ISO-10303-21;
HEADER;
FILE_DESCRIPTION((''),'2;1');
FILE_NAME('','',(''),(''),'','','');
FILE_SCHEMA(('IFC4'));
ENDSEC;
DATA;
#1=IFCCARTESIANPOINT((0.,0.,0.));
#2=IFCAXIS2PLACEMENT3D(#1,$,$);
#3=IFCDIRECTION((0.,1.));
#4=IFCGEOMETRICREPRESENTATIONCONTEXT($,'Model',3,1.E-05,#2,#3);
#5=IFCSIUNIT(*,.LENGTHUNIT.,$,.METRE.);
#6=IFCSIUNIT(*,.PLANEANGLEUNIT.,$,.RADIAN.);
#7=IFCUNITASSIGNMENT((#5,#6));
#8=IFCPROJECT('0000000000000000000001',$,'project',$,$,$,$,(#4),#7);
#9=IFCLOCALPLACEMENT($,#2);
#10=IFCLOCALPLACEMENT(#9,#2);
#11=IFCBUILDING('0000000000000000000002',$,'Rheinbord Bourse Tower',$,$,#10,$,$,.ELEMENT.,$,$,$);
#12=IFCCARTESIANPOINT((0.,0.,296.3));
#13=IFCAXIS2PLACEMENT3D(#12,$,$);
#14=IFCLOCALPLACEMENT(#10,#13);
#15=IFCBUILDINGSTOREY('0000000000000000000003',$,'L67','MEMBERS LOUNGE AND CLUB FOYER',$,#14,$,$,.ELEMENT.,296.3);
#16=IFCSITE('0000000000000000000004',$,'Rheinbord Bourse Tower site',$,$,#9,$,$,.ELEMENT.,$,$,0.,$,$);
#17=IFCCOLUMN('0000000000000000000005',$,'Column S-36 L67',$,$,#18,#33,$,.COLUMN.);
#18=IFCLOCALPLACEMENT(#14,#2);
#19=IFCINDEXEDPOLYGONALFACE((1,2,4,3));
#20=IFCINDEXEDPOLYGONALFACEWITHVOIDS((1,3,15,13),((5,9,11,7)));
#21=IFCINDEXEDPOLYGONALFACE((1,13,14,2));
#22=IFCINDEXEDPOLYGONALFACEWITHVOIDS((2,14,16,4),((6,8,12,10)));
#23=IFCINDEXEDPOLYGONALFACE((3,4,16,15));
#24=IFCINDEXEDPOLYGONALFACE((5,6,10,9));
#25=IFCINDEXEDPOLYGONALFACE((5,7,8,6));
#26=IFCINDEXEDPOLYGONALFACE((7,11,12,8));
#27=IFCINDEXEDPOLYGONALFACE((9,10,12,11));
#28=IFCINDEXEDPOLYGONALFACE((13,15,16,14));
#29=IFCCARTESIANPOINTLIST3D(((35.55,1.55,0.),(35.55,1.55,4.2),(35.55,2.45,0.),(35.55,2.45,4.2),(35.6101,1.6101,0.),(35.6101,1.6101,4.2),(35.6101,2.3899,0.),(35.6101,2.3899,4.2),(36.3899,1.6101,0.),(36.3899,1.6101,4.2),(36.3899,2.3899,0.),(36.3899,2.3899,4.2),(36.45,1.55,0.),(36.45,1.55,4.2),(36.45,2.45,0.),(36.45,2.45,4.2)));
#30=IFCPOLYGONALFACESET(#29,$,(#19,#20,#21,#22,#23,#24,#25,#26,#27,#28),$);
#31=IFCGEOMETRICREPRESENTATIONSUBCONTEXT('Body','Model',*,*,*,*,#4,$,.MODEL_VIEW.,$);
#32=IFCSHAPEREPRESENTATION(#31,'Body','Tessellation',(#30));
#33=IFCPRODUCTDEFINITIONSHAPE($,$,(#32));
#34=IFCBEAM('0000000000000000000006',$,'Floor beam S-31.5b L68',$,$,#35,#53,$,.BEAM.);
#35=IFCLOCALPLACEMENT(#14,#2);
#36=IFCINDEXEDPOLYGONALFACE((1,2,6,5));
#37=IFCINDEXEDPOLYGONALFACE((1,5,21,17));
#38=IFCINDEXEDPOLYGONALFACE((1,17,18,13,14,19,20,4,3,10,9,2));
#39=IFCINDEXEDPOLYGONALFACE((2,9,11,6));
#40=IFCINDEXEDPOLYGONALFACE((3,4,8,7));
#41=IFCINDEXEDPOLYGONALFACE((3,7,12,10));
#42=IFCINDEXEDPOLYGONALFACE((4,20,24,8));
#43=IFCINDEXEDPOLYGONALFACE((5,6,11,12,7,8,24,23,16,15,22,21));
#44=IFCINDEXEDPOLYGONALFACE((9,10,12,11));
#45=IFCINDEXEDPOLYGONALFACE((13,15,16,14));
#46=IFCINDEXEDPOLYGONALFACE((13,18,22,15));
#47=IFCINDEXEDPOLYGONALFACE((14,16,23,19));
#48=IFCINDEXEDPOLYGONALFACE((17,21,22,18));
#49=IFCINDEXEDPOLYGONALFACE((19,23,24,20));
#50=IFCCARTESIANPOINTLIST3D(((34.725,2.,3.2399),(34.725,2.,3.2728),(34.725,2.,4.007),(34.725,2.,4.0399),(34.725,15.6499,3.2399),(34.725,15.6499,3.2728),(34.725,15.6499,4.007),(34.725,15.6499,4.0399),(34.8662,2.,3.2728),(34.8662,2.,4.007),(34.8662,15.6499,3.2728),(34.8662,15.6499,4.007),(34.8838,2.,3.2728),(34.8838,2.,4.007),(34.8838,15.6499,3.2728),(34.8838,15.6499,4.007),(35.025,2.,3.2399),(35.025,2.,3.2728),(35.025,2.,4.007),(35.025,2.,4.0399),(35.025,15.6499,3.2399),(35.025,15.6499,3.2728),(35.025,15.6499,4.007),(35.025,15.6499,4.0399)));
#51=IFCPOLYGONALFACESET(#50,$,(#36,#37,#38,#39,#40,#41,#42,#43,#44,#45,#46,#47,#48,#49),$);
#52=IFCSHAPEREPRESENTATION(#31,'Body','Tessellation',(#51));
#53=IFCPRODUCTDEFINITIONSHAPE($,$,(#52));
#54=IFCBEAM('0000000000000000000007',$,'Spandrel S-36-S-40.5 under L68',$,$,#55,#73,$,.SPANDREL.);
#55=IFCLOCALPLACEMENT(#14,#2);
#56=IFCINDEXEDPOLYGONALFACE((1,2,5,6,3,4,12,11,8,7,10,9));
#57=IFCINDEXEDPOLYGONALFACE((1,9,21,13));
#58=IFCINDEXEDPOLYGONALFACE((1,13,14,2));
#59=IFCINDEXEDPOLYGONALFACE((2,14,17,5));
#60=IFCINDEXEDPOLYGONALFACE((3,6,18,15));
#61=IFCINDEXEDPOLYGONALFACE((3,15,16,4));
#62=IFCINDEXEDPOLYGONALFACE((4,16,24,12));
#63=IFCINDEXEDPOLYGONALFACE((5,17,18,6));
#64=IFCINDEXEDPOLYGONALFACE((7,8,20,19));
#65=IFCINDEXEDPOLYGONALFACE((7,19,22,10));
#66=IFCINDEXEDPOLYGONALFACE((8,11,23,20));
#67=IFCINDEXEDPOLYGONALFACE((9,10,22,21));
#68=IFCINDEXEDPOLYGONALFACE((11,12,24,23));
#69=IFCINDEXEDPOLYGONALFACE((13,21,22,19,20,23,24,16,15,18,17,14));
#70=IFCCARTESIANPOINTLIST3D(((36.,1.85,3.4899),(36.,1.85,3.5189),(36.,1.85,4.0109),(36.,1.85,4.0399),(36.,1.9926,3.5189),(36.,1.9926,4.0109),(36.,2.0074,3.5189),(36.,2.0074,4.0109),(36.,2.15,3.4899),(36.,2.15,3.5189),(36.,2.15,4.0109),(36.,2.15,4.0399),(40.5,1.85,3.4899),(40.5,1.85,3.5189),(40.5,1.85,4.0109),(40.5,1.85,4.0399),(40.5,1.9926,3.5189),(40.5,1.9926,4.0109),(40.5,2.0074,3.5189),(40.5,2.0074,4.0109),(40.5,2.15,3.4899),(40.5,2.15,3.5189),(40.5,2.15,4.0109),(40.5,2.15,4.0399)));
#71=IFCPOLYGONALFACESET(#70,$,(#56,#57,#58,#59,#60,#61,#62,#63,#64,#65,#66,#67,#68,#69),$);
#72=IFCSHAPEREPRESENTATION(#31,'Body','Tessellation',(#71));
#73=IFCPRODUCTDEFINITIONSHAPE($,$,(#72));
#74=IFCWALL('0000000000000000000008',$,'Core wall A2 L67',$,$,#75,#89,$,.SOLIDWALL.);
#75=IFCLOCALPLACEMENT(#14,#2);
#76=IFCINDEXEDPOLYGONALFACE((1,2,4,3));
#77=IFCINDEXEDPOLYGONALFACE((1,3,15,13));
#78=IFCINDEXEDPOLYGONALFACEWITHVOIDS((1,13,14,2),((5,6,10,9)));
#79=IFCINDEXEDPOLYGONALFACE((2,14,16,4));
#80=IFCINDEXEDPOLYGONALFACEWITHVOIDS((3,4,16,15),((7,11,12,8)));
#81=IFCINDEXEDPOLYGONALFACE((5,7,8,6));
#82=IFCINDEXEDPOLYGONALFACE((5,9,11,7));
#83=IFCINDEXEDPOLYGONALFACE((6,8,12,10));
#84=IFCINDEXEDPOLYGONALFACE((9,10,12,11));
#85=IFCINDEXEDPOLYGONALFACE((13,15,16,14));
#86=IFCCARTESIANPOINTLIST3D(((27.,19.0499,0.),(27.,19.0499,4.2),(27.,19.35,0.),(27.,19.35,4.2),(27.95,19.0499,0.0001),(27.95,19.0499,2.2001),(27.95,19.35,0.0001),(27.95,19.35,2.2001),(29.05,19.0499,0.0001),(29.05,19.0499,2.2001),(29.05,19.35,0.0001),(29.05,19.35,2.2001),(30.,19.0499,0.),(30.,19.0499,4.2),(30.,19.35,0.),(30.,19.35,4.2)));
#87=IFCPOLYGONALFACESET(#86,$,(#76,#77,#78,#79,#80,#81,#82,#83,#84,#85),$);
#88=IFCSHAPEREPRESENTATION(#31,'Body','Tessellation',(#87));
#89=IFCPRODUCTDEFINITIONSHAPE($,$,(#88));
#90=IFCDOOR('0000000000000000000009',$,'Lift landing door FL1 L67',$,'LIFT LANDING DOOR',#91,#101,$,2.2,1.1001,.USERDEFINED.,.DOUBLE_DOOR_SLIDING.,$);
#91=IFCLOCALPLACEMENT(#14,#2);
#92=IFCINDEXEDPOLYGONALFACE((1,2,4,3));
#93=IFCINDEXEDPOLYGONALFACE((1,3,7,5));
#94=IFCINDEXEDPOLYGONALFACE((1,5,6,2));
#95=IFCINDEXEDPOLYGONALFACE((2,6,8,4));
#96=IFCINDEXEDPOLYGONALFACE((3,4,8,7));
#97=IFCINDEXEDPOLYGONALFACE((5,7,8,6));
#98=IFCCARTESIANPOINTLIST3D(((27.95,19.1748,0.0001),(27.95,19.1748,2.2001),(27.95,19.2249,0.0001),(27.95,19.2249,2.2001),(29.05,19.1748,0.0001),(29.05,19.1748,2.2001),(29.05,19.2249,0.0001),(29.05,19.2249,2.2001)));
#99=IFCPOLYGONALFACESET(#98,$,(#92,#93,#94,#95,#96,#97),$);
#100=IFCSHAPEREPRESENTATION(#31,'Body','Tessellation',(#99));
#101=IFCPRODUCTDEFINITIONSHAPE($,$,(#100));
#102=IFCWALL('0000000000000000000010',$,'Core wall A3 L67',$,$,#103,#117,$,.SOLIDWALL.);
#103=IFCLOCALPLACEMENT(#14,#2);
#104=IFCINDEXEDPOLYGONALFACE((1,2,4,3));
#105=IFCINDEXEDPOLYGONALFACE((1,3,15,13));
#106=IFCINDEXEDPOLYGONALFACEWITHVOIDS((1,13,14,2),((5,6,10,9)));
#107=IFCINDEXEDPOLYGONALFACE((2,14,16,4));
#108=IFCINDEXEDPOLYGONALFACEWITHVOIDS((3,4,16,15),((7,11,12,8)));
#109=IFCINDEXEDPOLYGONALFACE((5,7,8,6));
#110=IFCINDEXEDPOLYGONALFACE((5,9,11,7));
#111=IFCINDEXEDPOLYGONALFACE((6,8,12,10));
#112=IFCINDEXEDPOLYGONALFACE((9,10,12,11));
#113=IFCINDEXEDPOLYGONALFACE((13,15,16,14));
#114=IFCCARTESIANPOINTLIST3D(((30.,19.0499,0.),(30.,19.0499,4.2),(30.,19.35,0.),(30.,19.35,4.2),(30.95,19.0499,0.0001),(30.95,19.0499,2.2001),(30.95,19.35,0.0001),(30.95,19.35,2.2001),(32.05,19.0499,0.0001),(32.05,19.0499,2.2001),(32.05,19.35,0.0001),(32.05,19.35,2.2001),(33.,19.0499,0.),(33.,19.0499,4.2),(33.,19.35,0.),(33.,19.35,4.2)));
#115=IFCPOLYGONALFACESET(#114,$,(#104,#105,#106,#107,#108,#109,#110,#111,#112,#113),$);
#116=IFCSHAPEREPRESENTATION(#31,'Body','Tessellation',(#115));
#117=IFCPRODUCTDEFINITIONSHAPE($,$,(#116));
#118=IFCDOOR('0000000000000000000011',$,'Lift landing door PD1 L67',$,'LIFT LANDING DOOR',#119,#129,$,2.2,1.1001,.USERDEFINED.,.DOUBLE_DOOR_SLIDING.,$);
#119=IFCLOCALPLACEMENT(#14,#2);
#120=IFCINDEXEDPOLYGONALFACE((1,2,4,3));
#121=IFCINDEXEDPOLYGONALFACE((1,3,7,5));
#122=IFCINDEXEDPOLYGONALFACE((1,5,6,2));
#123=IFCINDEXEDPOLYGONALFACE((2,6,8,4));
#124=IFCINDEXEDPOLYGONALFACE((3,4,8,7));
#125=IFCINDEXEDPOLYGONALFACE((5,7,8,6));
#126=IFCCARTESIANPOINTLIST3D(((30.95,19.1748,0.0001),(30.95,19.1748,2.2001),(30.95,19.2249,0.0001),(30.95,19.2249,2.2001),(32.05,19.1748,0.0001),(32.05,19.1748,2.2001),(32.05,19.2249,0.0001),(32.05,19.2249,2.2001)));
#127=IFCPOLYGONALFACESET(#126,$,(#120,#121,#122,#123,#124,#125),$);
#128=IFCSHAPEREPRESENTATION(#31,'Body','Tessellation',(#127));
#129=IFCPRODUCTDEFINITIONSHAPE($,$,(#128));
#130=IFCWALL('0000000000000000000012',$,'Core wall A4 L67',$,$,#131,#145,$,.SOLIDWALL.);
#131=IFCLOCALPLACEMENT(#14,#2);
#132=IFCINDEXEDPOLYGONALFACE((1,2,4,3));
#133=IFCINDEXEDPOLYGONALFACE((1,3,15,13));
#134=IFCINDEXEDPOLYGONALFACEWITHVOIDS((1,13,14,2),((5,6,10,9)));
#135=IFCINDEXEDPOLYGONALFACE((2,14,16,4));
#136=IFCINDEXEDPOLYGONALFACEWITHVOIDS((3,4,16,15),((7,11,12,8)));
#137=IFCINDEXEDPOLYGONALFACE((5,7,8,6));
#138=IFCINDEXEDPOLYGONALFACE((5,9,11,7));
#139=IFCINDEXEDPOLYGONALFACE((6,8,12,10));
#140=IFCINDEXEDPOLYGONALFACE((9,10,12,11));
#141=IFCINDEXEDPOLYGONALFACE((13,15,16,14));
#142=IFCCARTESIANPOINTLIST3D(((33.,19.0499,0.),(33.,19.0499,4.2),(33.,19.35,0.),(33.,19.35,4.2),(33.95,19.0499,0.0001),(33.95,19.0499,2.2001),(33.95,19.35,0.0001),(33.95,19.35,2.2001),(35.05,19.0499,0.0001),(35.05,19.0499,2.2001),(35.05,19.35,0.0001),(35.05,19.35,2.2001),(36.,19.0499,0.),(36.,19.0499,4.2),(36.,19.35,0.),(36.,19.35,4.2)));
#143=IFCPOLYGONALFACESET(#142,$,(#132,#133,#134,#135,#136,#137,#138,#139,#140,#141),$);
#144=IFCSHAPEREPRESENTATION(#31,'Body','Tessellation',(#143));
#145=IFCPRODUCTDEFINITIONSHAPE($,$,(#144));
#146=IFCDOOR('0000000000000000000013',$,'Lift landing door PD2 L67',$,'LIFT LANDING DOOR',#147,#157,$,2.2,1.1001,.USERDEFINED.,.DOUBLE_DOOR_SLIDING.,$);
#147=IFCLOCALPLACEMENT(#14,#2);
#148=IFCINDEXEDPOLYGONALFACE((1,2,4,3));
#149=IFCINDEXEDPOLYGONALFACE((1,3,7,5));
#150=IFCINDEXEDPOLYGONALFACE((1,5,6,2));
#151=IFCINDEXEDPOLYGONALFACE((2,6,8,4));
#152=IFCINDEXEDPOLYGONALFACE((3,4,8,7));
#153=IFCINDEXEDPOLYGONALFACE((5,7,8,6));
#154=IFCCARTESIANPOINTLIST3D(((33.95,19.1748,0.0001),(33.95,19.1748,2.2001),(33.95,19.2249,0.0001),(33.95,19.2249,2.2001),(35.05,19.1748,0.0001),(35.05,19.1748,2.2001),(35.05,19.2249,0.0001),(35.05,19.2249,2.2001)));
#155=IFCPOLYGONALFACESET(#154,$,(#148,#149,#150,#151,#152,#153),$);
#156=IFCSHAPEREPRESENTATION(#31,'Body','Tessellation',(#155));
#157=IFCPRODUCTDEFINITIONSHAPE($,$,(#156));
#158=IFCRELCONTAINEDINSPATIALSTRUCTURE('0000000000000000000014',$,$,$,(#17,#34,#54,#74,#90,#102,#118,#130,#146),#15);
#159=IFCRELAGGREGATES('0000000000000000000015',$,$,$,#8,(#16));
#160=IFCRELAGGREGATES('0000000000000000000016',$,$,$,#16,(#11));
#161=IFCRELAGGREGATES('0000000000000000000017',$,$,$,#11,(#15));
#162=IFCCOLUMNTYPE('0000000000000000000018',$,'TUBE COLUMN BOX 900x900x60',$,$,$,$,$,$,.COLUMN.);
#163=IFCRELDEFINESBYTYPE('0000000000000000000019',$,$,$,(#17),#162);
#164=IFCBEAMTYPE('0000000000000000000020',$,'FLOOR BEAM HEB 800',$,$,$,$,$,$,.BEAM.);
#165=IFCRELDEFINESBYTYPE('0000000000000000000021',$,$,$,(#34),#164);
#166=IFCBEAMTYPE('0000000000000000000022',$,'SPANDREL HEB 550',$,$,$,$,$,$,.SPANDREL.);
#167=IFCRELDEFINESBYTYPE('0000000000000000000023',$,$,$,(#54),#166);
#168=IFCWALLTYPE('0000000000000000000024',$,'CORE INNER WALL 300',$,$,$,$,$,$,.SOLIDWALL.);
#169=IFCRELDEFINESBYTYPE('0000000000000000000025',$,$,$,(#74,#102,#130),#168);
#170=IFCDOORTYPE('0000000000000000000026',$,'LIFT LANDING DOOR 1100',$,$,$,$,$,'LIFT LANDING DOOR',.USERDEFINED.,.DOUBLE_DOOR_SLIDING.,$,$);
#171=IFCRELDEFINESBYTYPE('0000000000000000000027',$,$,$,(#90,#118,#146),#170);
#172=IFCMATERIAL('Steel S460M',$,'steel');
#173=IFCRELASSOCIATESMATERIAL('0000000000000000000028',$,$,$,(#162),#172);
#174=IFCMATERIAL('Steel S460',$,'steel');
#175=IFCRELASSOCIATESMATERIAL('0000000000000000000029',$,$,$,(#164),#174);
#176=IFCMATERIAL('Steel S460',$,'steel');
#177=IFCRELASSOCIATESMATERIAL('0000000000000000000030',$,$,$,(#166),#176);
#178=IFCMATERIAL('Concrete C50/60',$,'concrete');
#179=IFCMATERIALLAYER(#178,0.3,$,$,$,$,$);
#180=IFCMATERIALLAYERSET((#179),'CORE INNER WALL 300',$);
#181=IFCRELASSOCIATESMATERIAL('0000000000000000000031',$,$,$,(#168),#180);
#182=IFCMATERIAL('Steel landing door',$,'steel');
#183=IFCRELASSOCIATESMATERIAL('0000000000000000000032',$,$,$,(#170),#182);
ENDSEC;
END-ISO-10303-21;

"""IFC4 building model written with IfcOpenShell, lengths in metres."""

from ifc_helpers import new_model, si_unit, direction, frame, frame_2d, origin, origin_2d, place, context, subcontext, project, spatial, rectangle, hollow_rectangle, i_section, extrude, material, layer, layer_set, material_profile, profile_set, type_object, element, fill, save


model = new_model("IFC4")

# Units and contexts
model_context = context("Model", 3, precision=1e-05, world=origin(), true_north=direction((0.0, 1.0)))
body_context = subcontext(model_context, "Body", "Model", "MODEL_VIEW")
ifc_project = project(units=[si_unit("LENGTHUNIT", "METRE"), si_unit("PLANEANGLEUNIT", "RADIAN")], contexts=[model_context])

# Site, building, storey
site_placement = place(None, origin())
site = spatial("IfcSite", under=ifc_project, at=site_placement, Name="Rheinbord Bourse Tower site", CompositionType="ELEMENT", RefElevation=0.0)
building_placement = place(site_placement, origin())
building = spatial("IfcBuilding", under=site, at=building_placement, Name="Rheinbord Bourse Tower", CompositionType="ELEMENT")
storey_placement = place(building_placement, frame((0.0, 0.0, 296.3)))
storey = spatial("IfcBuildingStorey", under=building, at=storey_placement, Name="L67", Description="MEMBERS LOUNGE AND CLUB FOYER", CompositionType="ELEMENT", Elevation=296.3)

# Column
ifc_material_1 = material(Name="Steel S460M", Category="steel")
ifc_material_profile_1 = material_profile(ifc_material_1, hollow_rectangle(XDim=0.8999, YDim=0.8999, WallThickness=0.0601, at=origin_2d()), Name="BOX 900x900x60")
ifc_profile_set_1 = profile_set([ifc_material_profile_1], Name="Steel S460M")
column_type = type_object("IfcColumnType", Name="TUBE COLUMN BOX 900x900x60", PredefinedType="COLUMN", material=ifc_profile_set_1)
column_placement = place(storey_placement, frame((36.0, 2.0, 0.0), z_axis=(0.0, 0.0, 1.0), x_axis=(0.0, 1.0, 0.0)))
element("IfcColumn", 1, at=column_placement, inside=storey, type_object=column_type, Name="Column S-36 L67", PredefinedType="COLUMN", context=body_context, shape_type="SweptSolid", body=[
    extrude(hollow_rectangle(XDim=0.8999, YDim=0.8999, WallThickness=0.0601, at=origin_2d()), origin(), (0.0, 0.0, 1.0), 4.2),
])

# Beams
ifc_material_2 = material(Name="Steel S460", Category="steel")
ifc_material_profile_2 = material_profile(ifc_material_2, i_section(OverallWidth=0.3, OverallDepth=0.8, WebThickness=0.0176, FlangeThickness=0.033, at=origin_2d()), Name="HEB 800")
ifc_profile_set_2 = profile_set([ifc_material_profile_2], Name="Steel S460")
beam_type_1 = type_object("IfcBeamType", Name="FLOOR BEAM HEB 800", PredefinedType="BEAM", material=ifc_profile_set_2)
beam_1_placement = place(storey_placement, frame((34.875, 2.0, 3.6399), z_axis=(0.0, 1.0, 0.0), x_axis=(-1.0, 0.0, 0.0)))
element("IfcBeam", 2, at=beam_1_placement, inside=storey, type_object=beam_type_1, Name="Floor beam S-31.5b L68", PredefinedType="BEAM", context=body_context, shape_type="SweptSolid", body=[
    extrude(i_section(OverallWidth=0.3, OverallDepth=0.8, WebThickness=0.0176, FlangeThickness=0.033, at=origin_2d()), origin(), (0.0, 0.0, 1.0), 13.6499),
])
ifc_material_3 = material(Name="Steel S460", Category="steel")
ifc_material_profile_3 = material_profile(ifc_material_3, i_section(OverallWidth=0.3, OverallDepth=0.55, WebThickness=0.0149, FlangeThickness=0.0291, at=origin_2d()), Name="HEB 550")
ifc_profile_set_3 = profile_set([ifc_material_profile_3], Name="Steel S460")
beam_type_2 = type_object("IfcBeamType", Name="SPANDREL HEB 550", PredefinedType="SPANDREL", material=ifc_profile_set_3)
beam_2_placement = place(storey_placement, frame((36.0, 2.0, 3.7649), z_axis=(1.0, 0.0, 0.0), x_axis=(0.0, 1.0, 0.0)))
element("IfcBeam", 3, at=beam_2_placement, inside=storey, type_object=beam_type_2, Name="Spandrel S-36-S-40.5 under L68", PredefinedType="SPANDREL", context=body_context, shape_type="SweptSolid", body=[
    extrude(i_section(OverallWidth=0.3, OverallDepth=0.55, WebThickness=0.0149, FlangeThickness=0.0291, at=origin_2d()), origin(), (0.0, 0.0, 1.0), 4.5),
])

# Walls, openings, doors
ifc_material_4 = material(Name="Concrete C50/60", Category="concrete")
ifc_layer_1 = layer(ifc_material_4, 0.3)
ifc_layer_set_1 = layer_set([ifc_layer_1], Name="CORE INNER WALL 300")
wall_type_1 = type_object("IfcWallType", Name="CORE INNER WALL 300", PredefinedType="SOLIDWALL", material=ifc_layer_set_1)
wall_1_placement = place(storey_placement, frame((27.0, 19.2, 0.0), z_axis=(0.0, 0.0, 1.0), x_axis=(1.0, 0.0, 0.0)))
wall_1 = element("IfcWall", 4, at=wall_1_placement, inside=storey, type_object=wall_type_1, Name="Core wall A2 L67", PredefinedType="SOLIDWALL", context=body_context, shape_type="SweptSolid", body=[
    extrude(rectangle(XDim=3.0, YDim=0.3, at=frame_2d((1.5, 0.0))), origin(), (0.0, 0.0, 1.0), 4.2),
])
opening_1_placement = place(wall_1_placement, frame((0.95, 0.0, 0.0)))
opening_1 = element("IfcOpeningElement", 5, at=opening_1_placement, cuts=wall_1, PredefinedType="OPENING", context=body_context, shape_type="SweptSolid", body=[
    extrude(rectangle(XDim=1.1001, YDim=2.2, at=frame_2d((0.55, 1.1001))), frame((0.0, 0.1599, 0.0), z_axis=(0.0, -1.0, 0.0), x_axis=(1.0, 0.0, 0.0)), (0.0, 0.0, 1.0), 0.3201),
])
ifc_material_5 = material(Name="Steel landing door", Category="steel")
door_type_1 = type_object("IfcDoorType", Name="LIFT LANDING DOOR 1100", ElementType="LIFT LANDING DOOR", OperationType="DOUBLE_DOOR_SLIDING", PredefinedType="USERDEFINED", material=ifc_material_5)
door_1_placement = place(opening_1_placement, origin())
door_1 = element("IfcDoor", 6, at=door_1_placement, inside=storey, type_object=door_type_1, Name="Lift landing door FL1 L67", ObjectType="LIFT LANDING DOOR", OperationType="DOUBLE_DOOR_SLIDING", OverallHeight=2.2, OverallWidth=1.1001, PredefinedType="USERDEFINED", context=body_context, shape_type="SweptSolid", body=[
    extrude(rectangle(XDim=1.1001, YDim=2.2, at=frame_2d((0.55, 1.1001))), frame((0.0, 0.0249, 0.0), z_axis=(0.0, -1.0, 0.0), x_axis=(1.0, 0.0, 0.0)), (0.0, 0.0, 1.0), 0.05),
])
fill(opening_1, door_1)
wall_2_placement = place(storey_placement, frame((30.0, 19.2, 0.0), z_axis=(0.0, 0.0, 1.0), x_axis=(1.0, 0.0, 0.0)))
wall_2 = element("IfcWall", 7, at=wall_2_placement, inside=storey, type_object=wall_type_1, Name="Core wall A3 L67", PredefinedType="SOLIDWALL", context=body_context, shape_type="SweptSolid", body=[
    extrude(rectangle(XDim=3.0, YDim=0.3, at=frame_2d((1.5, 0.0))), origin(), (0.0, 0.0, 1.0), 4.2),
])
opening_2_placement = place(wall_2_placement, frame((0.95, 0.0, 0.0)))
opening_2 = element("IfcOpeningElement", 8, at=opening_2_placement, cuts=wall_2, PredefinedType="OPENING", context=body_context, shape_type="SweptSolid", body=[
    extrude(rectangle(XDim=1.1001, YDim=2.2, at=frame_2d((0.55, 1.1001))), frame((0.0, 0.1599, 0.0), z_axis=(0.0, -1.0, 0.0), x_axis=(1.0, 0.0, 0.0)), (0.0, 0.0, 1.0), 0.3201),
])
door_2_placement = place(opening_2_placement, origin())
door_2 = element("IfcDoor", 9, at=door_2_placement, inside=storey, type_object=door_type_1, Name="Lift landing door PD1 L67", ObjectType="LIFT LANDING DOOR", OperationType="DOUBLE_DOOR_SLIDING", OverallHeight=2.2, OverallWidth=1.1001, PredefinedType="USERDEFINED", context=body_context, shape_type="SweptSolid", body=[
    extrude(rectangle(XDim=1.1001, YDim=2.2, at=frame_2d((0.55, 1.1001))), frame((0.0, 0.0249, 0.0), z_axis=(0.0, -1.0, 0.0), x_axis=(1.0, 0.0, 0.0)), (0.0, 0.0, 1.0), 0.05),
])
fill(opening_2, door_2)
wall_3_placement = place(storey_placement, frame((33.0, 19.2, 0.0), z_axis=(0.0, 0.0, 1.0), x_axis=(1.0, 0.0, 0.0)))
wall_3 = element("IfcWall", 10, at=wall_3_placement, inside=storey, type_object=wall_type_1, Name="Core wall A4 L67", PredefinedType="SOLIDWALL", context=body_context, shape_type="SweptSolid", body=[
    extrude(rectangle(XDim=3.0, YDim=0.3, at=frame_2d((1.5, 0.0))), origin(), (0.0, 0.0, 1.0), 4.2),
])
opening_3_placement = place(wall_3_placement, frame((0.95, 0.0, 0.0)))
opening_3 = element("IfcOpeningElement", 11, at=opening_3_placement, cuts=wall_3, PredefinedType="OPENING", context=body_context, shape_type="SweptSolid", body=[
    extrude(rectangle(XDim=1.1001, YDim=2.2, at=frame_2d((0.55, 1.1001))), frame((0.0, 0.1599, 0.0), z_axis=(0.0, -1.0, 0.0), x_axis=(1.0, 0.0, 0.0)), (0.0, 0.0, 1.0), 0.3201),
])
door_3_placement = place(opening_3_placement, origin())
door_3 = element("IfcDoor", 12, at=door_3_placement, inside=storey, type_object=door_type_1, Name="Lift landing door PD2 L67", ObjectType="LIFT LANDING DOOR", OperationType="DOUBLE_DOOR_SLIDING", OverallHeight=2.2, OverallWidth=1.1001, PredefinedType="USERDEFINED", context=body_context, shape_type="SweptSolid", body=[
    extrude(rectangle(XDim=1.1001, YDim=2.2, at=frame_2d((0.55, 1.1001))), frame((0.0, 0.0249, 0.0), z_axis=(0.0, -1.0, 0.0), x_axis=(1.0, 0.0, 0.0)), (0.0, 0.0, 1.0), 0.05),
])
fill(opening_3, door_3)

save(model, "model.ifc")
